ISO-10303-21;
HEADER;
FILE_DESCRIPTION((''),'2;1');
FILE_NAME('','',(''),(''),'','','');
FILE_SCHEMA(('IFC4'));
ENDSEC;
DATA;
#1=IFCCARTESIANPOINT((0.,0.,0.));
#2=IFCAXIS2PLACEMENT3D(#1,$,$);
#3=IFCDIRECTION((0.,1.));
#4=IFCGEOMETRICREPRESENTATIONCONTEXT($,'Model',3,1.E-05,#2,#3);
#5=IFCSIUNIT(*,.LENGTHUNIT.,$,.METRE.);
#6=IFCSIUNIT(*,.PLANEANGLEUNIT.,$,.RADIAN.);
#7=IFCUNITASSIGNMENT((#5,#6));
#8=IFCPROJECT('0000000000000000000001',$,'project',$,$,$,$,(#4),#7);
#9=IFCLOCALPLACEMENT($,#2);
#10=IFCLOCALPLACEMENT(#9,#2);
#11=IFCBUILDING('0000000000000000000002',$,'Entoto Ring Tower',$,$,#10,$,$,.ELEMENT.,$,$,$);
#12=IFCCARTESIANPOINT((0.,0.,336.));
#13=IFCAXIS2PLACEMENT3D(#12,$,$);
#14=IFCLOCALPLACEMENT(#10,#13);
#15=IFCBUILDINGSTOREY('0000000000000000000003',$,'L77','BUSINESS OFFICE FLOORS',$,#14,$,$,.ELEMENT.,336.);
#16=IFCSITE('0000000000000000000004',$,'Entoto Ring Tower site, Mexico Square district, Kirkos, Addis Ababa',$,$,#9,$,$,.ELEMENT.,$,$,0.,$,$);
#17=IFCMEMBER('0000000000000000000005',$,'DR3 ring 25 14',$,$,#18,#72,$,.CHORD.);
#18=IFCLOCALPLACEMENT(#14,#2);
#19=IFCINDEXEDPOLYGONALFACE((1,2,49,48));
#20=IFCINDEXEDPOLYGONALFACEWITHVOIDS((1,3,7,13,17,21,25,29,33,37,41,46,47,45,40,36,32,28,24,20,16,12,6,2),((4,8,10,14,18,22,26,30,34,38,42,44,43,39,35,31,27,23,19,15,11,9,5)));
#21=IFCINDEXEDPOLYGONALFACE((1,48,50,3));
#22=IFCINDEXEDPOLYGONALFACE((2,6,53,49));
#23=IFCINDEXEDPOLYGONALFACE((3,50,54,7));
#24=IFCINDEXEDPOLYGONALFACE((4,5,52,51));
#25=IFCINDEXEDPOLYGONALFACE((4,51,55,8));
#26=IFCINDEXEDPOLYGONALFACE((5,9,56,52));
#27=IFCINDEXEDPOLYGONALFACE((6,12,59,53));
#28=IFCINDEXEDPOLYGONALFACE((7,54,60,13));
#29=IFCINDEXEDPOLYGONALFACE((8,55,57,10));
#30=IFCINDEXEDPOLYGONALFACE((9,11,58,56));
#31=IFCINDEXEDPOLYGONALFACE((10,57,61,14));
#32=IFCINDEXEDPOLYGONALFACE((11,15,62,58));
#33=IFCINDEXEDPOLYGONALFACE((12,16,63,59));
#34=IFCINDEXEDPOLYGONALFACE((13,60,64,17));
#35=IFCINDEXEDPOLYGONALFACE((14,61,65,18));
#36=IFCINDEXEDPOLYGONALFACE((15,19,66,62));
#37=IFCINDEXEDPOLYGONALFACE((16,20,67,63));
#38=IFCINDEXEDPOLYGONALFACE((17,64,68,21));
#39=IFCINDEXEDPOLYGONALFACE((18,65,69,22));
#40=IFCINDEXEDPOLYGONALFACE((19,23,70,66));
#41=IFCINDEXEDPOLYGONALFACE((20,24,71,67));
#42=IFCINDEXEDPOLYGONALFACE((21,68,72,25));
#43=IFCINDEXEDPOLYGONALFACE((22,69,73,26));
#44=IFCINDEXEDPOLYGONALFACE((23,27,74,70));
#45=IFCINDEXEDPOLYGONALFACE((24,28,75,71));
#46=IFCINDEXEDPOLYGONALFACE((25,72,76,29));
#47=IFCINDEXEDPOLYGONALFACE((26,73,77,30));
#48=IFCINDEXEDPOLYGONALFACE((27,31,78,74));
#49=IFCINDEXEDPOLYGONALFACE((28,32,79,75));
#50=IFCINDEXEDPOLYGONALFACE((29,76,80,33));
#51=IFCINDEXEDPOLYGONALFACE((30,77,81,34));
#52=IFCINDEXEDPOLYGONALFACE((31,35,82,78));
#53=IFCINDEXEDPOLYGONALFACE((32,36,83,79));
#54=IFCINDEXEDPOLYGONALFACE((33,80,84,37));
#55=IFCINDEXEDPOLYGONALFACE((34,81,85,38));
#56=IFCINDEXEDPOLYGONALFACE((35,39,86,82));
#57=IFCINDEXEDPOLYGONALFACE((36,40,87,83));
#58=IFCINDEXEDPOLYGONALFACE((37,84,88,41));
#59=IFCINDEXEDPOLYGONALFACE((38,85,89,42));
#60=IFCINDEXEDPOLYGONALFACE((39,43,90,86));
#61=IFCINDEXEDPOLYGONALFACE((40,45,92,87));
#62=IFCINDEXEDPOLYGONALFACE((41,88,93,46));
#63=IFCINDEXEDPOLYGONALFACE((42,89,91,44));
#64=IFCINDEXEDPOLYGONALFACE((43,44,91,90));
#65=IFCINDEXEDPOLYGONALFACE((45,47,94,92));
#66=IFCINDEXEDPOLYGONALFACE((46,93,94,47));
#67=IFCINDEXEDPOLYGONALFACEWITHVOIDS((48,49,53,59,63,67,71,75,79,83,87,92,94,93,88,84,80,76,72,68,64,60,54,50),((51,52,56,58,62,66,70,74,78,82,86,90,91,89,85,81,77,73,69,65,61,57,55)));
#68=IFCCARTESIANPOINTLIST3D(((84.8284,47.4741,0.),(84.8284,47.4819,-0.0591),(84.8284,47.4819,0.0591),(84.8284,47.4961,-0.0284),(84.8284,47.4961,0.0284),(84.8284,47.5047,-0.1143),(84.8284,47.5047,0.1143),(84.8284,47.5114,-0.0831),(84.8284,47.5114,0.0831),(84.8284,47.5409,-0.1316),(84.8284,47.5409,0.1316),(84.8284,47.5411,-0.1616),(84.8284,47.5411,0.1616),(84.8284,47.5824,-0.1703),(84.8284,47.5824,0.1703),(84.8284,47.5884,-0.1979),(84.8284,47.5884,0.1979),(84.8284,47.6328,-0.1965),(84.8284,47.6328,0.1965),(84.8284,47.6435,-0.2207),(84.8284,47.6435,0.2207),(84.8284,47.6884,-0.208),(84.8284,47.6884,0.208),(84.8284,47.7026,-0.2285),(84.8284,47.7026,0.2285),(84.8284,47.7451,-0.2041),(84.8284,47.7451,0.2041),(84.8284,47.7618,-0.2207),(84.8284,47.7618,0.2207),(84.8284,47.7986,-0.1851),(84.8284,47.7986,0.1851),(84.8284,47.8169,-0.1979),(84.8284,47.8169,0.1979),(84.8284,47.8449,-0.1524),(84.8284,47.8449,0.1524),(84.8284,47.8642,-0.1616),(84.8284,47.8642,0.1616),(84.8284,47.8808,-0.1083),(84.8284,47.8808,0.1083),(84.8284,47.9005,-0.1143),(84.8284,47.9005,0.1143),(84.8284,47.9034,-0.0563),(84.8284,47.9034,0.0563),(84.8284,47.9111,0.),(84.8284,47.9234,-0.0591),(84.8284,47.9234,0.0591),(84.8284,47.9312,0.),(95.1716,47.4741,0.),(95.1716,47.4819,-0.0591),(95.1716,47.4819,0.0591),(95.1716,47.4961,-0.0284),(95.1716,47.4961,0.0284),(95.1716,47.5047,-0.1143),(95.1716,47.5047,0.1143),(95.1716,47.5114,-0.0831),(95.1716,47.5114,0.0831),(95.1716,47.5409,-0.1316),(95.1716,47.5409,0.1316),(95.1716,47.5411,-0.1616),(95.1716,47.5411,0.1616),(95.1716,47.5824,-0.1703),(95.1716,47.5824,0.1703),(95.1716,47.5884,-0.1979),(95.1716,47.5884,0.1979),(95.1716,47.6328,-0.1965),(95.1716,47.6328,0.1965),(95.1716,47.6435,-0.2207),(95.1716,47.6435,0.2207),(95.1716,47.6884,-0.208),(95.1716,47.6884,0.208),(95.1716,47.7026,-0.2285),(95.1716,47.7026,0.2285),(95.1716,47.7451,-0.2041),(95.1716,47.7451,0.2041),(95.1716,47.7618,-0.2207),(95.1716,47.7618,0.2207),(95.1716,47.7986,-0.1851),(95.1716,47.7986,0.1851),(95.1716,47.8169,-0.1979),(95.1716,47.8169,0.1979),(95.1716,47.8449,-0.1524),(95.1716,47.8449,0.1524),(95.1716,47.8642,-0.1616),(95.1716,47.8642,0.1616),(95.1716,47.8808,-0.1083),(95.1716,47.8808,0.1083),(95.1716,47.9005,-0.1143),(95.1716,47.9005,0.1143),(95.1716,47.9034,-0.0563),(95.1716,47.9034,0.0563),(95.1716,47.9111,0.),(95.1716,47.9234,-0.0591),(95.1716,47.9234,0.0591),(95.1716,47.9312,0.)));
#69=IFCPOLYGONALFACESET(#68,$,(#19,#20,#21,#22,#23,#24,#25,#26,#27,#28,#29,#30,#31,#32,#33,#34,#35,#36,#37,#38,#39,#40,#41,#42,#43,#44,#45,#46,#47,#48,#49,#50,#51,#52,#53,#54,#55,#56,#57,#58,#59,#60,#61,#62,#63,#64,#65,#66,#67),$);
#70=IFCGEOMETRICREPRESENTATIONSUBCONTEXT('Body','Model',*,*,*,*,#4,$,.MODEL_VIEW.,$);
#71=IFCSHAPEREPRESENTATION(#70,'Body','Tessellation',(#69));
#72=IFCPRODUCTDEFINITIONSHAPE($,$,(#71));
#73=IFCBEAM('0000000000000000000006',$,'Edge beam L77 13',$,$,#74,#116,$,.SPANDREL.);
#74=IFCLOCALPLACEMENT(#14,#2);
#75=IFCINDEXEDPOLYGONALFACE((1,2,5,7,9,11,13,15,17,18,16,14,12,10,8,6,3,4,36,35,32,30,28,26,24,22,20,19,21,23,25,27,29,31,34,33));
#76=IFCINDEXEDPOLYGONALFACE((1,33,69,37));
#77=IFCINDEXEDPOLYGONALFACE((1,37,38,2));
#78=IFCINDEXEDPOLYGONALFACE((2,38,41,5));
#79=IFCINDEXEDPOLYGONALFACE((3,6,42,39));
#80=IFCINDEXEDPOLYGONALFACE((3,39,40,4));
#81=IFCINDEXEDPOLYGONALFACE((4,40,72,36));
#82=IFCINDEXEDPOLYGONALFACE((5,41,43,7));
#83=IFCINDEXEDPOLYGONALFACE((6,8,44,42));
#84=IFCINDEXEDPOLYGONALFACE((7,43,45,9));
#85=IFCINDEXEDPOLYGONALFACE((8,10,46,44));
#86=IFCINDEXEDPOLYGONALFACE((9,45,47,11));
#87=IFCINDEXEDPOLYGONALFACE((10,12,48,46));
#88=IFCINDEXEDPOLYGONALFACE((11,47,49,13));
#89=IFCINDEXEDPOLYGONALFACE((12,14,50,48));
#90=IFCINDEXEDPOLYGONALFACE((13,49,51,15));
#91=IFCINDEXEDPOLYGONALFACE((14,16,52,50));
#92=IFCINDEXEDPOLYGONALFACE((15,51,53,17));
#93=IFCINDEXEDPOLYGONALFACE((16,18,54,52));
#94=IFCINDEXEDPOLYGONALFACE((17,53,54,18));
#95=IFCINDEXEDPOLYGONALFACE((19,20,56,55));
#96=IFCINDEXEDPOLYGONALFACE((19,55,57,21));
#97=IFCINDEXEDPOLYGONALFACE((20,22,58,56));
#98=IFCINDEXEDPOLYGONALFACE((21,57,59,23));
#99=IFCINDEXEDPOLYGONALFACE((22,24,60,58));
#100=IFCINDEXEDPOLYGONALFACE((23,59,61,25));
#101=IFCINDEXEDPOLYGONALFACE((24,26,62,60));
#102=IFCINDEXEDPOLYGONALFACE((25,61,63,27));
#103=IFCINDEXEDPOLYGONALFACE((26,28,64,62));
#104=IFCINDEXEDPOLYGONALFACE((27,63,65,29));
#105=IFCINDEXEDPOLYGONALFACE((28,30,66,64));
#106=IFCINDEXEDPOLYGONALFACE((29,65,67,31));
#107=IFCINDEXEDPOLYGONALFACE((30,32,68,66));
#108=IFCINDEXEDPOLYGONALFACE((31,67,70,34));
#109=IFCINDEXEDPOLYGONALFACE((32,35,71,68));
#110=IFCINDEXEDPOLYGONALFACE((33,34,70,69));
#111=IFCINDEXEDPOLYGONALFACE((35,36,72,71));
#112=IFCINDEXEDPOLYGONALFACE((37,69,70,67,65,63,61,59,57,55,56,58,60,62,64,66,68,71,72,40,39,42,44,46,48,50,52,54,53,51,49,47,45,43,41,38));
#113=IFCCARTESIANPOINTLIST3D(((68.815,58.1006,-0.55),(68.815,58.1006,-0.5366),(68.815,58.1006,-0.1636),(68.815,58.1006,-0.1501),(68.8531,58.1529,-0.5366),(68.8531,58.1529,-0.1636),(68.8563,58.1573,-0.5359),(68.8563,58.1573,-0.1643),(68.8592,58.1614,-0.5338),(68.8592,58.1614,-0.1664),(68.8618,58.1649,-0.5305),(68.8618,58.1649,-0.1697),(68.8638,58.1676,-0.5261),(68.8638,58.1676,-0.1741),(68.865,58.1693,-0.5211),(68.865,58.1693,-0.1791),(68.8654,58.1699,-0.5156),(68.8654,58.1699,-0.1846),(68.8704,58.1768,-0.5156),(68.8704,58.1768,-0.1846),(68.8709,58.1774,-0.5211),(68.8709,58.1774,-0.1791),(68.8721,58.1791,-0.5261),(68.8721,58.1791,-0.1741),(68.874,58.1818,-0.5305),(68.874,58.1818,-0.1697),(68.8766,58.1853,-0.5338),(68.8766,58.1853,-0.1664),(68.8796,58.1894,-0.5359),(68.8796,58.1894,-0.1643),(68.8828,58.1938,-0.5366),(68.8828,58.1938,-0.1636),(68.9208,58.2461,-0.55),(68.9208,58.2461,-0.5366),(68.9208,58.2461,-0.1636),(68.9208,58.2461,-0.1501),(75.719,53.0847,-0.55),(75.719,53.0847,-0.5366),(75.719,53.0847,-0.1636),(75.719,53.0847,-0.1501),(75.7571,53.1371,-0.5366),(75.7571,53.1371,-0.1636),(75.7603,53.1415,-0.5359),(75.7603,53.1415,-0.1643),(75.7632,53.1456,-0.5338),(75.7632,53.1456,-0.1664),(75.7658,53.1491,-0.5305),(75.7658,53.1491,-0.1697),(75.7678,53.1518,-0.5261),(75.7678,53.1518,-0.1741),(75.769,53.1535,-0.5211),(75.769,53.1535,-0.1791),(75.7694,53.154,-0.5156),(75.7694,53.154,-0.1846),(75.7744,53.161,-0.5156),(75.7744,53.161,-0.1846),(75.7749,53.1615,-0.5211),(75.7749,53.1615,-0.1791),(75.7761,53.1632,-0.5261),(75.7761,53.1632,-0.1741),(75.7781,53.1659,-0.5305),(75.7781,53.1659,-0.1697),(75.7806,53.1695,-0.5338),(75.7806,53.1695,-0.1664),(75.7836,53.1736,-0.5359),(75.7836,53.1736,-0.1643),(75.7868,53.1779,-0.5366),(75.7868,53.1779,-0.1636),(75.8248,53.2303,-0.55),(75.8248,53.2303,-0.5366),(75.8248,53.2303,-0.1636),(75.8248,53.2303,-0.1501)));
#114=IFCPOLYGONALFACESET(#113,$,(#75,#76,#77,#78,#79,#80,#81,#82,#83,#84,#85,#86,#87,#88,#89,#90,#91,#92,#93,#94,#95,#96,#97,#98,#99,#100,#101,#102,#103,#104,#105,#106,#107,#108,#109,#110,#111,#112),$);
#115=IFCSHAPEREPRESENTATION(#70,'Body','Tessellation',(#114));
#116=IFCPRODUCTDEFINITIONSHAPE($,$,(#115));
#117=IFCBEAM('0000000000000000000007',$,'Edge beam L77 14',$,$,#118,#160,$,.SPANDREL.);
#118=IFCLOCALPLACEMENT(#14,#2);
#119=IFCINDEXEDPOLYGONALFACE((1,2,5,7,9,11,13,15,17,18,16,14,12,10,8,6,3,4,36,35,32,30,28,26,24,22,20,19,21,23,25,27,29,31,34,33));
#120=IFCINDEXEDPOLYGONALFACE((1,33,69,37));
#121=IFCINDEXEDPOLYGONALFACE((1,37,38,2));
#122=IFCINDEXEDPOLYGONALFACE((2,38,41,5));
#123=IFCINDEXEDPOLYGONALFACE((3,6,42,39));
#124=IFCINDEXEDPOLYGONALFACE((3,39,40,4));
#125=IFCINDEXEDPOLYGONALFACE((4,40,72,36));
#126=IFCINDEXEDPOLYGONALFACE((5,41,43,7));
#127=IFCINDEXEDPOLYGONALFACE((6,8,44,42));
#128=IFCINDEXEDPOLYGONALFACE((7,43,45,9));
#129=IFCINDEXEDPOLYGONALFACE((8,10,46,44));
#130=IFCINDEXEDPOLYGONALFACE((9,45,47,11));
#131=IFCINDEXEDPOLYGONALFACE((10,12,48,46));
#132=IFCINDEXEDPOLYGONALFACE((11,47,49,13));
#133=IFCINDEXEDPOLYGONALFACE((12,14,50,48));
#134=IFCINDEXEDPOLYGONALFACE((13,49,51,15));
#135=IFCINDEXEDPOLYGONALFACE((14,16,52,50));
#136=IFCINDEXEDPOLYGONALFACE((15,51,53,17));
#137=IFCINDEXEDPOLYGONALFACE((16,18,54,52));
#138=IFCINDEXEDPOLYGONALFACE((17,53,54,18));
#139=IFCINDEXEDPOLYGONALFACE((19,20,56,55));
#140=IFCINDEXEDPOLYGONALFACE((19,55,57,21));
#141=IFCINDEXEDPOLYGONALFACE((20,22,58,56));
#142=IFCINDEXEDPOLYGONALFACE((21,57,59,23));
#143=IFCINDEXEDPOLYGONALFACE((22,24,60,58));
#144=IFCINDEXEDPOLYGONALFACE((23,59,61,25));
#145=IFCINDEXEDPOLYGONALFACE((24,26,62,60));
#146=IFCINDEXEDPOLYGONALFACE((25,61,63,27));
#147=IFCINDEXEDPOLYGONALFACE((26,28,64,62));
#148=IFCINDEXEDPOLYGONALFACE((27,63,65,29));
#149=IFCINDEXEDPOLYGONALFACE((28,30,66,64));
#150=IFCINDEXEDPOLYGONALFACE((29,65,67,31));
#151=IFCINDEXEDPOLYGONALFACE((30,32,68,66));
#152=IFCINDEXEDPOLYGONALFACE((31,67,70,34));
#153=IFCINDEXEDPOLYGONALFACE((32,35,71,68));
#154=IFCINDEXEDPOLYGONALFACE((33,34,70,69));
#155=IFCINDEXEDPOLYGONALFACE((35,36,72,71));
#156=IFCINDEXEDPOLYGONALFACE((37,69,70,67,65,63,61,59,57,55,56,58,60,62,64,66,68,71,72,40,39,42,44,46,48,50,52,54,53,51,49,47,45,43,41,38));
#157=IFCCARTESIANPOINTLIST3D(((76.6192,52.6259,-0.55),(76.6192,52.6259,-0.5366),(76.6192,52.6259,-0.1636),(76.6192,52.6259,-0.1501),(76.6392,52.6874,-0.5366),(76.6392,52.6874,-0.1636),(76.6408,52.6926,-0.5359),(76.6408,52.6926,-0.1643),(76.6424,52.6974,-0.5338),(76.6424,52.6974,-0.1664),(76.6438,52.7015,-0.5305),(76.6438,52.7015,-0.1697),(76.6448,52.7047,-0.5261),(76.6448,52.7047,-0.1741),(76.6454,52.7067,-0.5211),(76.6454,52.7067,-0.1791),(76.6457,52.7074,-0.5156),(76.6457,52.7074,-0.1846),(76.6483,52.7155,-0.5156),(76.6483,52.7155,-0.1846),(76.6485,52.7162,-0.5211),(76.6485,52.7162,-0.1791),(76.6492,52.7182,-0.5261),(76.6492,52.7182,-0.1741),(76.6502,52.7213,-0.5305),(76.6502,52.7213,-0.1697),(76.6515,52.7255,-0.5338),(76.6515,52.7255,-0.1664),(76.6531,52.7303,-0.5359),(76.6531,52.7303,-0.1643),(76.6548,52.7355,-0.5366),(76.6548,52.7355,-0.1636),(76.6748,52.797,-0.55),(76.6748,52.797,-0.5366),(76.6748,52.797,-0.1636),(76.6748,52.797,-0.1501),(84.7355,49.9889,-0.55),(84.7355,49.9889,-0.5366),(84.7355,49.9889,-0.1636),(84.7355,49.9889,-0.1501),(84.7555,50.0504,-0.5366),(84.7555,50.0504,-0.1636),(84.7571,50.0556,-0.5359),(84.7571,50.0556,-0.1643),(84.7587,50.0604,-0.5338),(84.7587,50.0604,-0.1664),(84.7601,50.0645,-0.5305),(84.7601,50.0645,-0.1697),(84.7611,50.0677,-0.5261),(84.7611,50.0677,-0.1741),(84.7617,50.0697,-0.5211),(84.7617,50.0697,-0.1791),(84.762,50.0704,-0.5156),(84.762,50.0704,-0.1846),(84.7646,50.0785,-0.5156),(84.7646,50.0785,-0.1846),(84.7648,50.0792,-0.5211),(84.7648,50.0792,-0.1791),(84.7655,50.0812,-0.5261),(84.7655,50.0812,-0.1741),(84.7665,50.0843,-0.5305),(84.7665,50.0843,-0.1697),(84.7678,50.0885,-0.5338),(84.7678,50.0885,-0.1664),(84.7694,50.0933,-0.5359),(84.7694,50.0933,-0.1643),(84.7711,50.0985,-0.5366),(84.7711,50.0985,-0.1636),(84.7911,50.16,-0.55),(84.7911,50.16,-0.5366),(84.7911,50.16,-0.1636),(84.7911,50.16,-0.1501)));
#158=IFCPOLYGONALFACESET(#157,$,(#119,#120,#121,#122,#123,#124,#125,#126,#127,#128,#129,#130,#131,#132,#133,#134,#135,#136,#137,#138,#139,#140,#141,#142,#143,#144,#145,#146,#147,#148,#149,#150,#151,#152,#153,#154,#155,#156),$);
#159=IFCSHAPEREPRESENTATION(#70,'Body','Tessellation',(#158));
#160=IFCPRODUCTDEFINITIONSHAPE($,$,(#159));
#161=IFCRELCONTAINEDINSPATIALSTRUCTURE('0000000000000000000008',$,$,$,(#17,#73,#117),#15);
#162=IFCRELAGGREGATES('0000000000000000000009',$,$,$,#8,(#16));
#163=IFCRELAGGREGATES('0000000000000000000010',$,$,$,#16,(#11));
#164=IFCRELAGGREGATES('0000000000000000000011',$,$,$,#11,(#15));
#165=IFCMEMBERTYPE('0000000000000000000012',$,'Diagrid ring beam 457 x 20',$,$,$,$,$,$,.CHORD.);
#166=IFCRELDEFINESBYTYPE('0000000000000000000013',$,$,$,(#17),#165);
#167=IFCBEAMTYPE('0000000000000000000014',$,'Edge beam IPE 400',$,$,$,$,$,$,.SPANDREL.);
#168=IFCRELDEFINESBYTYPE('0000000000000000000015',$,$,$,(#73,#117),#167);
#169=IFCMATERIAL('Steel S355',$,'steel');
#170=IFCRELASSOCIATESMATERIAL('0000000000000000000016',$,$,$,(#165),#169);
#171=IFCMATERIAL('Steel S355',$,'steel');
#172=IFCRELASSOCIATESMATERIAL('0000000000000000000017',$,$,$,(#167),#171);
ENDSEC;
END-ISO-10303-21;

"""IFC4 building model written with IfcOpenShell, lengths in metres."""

from ifc_helpers import new_model, si_unit, direction, frame, origin, origin_2d, place, context, subcontext, project, spatial, circle, hollow_circle, i_section, extrude, material, material_profile, profile_set, type_object, element, save


model = new_model("IFC4")

# Units and contexts
model_context = context("Model", 3, precision=1e-05, world=origin(), true_north=direction((0.0, 1.0)))
body_context = subcontext(model_context, "Body", "Model", "MODEL_VIEW")
ifc_project = project(units=[si_unit("LENGTHUNIT", "METRE"), si_unit("PLANEANGLEUNIT", "RADIAN")], contexts=[model_context])

# Site, building, storey
site_placement = place(None, origin())
site = spatial("IfcSite", under=ifc_project, at=site_placement, Name="Entoto Ring Tower site, Mexico Square district, Kirkos, Addis Ababa", CompositionType="ELEMENT", RefElevation=0.0)
building_placement = place(site_placement, origin())
building = spatial("IfcBuilding", under=site, at=building_placement, Name="Entoto Ring Tower", CompositionType="ELEMENT")
storey_placement = place(building_placement, frame((0.0, 0.0, 336.0)))
storey = spatial("IfcBuildingStorey", under=building, at=storey_placement, Name="L77", Description="BUSINESS OFFICE FLOORS", CompositionType="ELEMENT", Elevation=336.0)

# Member
ifc_material_1 = material(Name="Steel S355", Category="steel")
ifc_material_profile_1 = material_profile(ifc_material_1, hollow_circle(Radius=0.2285, WallThickness=0.02, at=origin_2d()), Name="CHS 457 x 20")
ifc_material_2 = material(Name="Concrete C60/75", Category="concrete")
ifc_material_profile_2 = material_profile(ifc_material_2, circle(Radius=0.2085, at=origin_2d()), Name="Concrete C60/75 infill")
ifc_profile_set_1 = profile_set([ifc_material_profile_1, ifc_material_profile_2], Name="Steel S355")
member_type_1 = type_object("IfcMemberType", Name="Diagrid ring beam 457 x 20", PredefinedType="CHORD", material=ifc_profile_set_1)
member_1_placement = place(storey_placement, frame((84.8284, 47.7026, 0.0), z_axis=(1.0, 0.0, 0.0), x_axis=(0.0, 1.0, 0.0)))
element("IfcMember", 1, at=member_1_placement, inside=storey, type_object=member_type_1, Name="DR3 ring 25 14", PredefinedType="CHORD", context=body_context, shape_type="SweptSolid", body=[
    extrude(hollow_circle(Radius=0.2285, WallThickness=0.02, at=origin_2d()), origin(), (0.0, 0.0, 1.0), 10.3433),
])

# Beams
ifc_material_3 = material(Name="Steel S355", Category="steel")
ifc_material_profile_3 = material_profile(ifc_material_3, i_section(OverallWidth=0.1799, OverallDepth=0.3999, WebThickness=0.0085, FlangeThickness=0.0134, FilletRadius=0.021, at=origin_2d()), Name="IPE 400")
ifc_profile_set_2 = profile_set([ifc_material_profile_3], Name="Steel S355")
beam_type_1 = type_object("IfcBeamType", Name="Edge beam IPE 400", PredefinedType="SPANDREL", material=ifc_profile_set_2)
beam_1_placement = place(storey_placement, frame((68.8679, 58.1733, -0.3501), z_axis=(0.809029, -0.587768, 0.0), x_axis=(0.587768, 0.809029, 0.0)))
element("IfcBeam", 2, at=beam_1_placement, inside=storey, type_object=beam_type_1, Name="Edge beam L77 13", PredefinedType="SPANDREL", context=body_context, shape_type="SweptSolid", body=[
    extrude(i_section(OverallWidth=0.1799, OverallDepth=0.3999, WebThickness=0.0085, FlangeThickness=0.0134, FilletRadius=0.021, at=origin_2d()), origin(), (0.0, 0.0, 1.0), 8.5337),
])
beam_2_placement = place(storey_placement, frame((76.647, 52.7114, -0.3501), z_axis=(0.951062, -0.309001, 0.0), x_axis=(0.309001, 0.951062, 0.0)))
element("IfcBeam", 3, at=beam_2_placement, inside=storey, type_object=beam_type_1, Name="Edge beam L77 14", PredefinedType="SPANDREL", context=body_context, shape_type="SweptSolid", body=[
    extrude(i_section(OverallWidth=0.1799, OverallDepth=0.3999, WebThickness=0.0085, FlangeThickness=0.0134, FilletRadius=0.021, at=origin_2d()), origin(), (0.0, 0.0, 1.0), 8.5339),
])

save(model, "model.ifc")
